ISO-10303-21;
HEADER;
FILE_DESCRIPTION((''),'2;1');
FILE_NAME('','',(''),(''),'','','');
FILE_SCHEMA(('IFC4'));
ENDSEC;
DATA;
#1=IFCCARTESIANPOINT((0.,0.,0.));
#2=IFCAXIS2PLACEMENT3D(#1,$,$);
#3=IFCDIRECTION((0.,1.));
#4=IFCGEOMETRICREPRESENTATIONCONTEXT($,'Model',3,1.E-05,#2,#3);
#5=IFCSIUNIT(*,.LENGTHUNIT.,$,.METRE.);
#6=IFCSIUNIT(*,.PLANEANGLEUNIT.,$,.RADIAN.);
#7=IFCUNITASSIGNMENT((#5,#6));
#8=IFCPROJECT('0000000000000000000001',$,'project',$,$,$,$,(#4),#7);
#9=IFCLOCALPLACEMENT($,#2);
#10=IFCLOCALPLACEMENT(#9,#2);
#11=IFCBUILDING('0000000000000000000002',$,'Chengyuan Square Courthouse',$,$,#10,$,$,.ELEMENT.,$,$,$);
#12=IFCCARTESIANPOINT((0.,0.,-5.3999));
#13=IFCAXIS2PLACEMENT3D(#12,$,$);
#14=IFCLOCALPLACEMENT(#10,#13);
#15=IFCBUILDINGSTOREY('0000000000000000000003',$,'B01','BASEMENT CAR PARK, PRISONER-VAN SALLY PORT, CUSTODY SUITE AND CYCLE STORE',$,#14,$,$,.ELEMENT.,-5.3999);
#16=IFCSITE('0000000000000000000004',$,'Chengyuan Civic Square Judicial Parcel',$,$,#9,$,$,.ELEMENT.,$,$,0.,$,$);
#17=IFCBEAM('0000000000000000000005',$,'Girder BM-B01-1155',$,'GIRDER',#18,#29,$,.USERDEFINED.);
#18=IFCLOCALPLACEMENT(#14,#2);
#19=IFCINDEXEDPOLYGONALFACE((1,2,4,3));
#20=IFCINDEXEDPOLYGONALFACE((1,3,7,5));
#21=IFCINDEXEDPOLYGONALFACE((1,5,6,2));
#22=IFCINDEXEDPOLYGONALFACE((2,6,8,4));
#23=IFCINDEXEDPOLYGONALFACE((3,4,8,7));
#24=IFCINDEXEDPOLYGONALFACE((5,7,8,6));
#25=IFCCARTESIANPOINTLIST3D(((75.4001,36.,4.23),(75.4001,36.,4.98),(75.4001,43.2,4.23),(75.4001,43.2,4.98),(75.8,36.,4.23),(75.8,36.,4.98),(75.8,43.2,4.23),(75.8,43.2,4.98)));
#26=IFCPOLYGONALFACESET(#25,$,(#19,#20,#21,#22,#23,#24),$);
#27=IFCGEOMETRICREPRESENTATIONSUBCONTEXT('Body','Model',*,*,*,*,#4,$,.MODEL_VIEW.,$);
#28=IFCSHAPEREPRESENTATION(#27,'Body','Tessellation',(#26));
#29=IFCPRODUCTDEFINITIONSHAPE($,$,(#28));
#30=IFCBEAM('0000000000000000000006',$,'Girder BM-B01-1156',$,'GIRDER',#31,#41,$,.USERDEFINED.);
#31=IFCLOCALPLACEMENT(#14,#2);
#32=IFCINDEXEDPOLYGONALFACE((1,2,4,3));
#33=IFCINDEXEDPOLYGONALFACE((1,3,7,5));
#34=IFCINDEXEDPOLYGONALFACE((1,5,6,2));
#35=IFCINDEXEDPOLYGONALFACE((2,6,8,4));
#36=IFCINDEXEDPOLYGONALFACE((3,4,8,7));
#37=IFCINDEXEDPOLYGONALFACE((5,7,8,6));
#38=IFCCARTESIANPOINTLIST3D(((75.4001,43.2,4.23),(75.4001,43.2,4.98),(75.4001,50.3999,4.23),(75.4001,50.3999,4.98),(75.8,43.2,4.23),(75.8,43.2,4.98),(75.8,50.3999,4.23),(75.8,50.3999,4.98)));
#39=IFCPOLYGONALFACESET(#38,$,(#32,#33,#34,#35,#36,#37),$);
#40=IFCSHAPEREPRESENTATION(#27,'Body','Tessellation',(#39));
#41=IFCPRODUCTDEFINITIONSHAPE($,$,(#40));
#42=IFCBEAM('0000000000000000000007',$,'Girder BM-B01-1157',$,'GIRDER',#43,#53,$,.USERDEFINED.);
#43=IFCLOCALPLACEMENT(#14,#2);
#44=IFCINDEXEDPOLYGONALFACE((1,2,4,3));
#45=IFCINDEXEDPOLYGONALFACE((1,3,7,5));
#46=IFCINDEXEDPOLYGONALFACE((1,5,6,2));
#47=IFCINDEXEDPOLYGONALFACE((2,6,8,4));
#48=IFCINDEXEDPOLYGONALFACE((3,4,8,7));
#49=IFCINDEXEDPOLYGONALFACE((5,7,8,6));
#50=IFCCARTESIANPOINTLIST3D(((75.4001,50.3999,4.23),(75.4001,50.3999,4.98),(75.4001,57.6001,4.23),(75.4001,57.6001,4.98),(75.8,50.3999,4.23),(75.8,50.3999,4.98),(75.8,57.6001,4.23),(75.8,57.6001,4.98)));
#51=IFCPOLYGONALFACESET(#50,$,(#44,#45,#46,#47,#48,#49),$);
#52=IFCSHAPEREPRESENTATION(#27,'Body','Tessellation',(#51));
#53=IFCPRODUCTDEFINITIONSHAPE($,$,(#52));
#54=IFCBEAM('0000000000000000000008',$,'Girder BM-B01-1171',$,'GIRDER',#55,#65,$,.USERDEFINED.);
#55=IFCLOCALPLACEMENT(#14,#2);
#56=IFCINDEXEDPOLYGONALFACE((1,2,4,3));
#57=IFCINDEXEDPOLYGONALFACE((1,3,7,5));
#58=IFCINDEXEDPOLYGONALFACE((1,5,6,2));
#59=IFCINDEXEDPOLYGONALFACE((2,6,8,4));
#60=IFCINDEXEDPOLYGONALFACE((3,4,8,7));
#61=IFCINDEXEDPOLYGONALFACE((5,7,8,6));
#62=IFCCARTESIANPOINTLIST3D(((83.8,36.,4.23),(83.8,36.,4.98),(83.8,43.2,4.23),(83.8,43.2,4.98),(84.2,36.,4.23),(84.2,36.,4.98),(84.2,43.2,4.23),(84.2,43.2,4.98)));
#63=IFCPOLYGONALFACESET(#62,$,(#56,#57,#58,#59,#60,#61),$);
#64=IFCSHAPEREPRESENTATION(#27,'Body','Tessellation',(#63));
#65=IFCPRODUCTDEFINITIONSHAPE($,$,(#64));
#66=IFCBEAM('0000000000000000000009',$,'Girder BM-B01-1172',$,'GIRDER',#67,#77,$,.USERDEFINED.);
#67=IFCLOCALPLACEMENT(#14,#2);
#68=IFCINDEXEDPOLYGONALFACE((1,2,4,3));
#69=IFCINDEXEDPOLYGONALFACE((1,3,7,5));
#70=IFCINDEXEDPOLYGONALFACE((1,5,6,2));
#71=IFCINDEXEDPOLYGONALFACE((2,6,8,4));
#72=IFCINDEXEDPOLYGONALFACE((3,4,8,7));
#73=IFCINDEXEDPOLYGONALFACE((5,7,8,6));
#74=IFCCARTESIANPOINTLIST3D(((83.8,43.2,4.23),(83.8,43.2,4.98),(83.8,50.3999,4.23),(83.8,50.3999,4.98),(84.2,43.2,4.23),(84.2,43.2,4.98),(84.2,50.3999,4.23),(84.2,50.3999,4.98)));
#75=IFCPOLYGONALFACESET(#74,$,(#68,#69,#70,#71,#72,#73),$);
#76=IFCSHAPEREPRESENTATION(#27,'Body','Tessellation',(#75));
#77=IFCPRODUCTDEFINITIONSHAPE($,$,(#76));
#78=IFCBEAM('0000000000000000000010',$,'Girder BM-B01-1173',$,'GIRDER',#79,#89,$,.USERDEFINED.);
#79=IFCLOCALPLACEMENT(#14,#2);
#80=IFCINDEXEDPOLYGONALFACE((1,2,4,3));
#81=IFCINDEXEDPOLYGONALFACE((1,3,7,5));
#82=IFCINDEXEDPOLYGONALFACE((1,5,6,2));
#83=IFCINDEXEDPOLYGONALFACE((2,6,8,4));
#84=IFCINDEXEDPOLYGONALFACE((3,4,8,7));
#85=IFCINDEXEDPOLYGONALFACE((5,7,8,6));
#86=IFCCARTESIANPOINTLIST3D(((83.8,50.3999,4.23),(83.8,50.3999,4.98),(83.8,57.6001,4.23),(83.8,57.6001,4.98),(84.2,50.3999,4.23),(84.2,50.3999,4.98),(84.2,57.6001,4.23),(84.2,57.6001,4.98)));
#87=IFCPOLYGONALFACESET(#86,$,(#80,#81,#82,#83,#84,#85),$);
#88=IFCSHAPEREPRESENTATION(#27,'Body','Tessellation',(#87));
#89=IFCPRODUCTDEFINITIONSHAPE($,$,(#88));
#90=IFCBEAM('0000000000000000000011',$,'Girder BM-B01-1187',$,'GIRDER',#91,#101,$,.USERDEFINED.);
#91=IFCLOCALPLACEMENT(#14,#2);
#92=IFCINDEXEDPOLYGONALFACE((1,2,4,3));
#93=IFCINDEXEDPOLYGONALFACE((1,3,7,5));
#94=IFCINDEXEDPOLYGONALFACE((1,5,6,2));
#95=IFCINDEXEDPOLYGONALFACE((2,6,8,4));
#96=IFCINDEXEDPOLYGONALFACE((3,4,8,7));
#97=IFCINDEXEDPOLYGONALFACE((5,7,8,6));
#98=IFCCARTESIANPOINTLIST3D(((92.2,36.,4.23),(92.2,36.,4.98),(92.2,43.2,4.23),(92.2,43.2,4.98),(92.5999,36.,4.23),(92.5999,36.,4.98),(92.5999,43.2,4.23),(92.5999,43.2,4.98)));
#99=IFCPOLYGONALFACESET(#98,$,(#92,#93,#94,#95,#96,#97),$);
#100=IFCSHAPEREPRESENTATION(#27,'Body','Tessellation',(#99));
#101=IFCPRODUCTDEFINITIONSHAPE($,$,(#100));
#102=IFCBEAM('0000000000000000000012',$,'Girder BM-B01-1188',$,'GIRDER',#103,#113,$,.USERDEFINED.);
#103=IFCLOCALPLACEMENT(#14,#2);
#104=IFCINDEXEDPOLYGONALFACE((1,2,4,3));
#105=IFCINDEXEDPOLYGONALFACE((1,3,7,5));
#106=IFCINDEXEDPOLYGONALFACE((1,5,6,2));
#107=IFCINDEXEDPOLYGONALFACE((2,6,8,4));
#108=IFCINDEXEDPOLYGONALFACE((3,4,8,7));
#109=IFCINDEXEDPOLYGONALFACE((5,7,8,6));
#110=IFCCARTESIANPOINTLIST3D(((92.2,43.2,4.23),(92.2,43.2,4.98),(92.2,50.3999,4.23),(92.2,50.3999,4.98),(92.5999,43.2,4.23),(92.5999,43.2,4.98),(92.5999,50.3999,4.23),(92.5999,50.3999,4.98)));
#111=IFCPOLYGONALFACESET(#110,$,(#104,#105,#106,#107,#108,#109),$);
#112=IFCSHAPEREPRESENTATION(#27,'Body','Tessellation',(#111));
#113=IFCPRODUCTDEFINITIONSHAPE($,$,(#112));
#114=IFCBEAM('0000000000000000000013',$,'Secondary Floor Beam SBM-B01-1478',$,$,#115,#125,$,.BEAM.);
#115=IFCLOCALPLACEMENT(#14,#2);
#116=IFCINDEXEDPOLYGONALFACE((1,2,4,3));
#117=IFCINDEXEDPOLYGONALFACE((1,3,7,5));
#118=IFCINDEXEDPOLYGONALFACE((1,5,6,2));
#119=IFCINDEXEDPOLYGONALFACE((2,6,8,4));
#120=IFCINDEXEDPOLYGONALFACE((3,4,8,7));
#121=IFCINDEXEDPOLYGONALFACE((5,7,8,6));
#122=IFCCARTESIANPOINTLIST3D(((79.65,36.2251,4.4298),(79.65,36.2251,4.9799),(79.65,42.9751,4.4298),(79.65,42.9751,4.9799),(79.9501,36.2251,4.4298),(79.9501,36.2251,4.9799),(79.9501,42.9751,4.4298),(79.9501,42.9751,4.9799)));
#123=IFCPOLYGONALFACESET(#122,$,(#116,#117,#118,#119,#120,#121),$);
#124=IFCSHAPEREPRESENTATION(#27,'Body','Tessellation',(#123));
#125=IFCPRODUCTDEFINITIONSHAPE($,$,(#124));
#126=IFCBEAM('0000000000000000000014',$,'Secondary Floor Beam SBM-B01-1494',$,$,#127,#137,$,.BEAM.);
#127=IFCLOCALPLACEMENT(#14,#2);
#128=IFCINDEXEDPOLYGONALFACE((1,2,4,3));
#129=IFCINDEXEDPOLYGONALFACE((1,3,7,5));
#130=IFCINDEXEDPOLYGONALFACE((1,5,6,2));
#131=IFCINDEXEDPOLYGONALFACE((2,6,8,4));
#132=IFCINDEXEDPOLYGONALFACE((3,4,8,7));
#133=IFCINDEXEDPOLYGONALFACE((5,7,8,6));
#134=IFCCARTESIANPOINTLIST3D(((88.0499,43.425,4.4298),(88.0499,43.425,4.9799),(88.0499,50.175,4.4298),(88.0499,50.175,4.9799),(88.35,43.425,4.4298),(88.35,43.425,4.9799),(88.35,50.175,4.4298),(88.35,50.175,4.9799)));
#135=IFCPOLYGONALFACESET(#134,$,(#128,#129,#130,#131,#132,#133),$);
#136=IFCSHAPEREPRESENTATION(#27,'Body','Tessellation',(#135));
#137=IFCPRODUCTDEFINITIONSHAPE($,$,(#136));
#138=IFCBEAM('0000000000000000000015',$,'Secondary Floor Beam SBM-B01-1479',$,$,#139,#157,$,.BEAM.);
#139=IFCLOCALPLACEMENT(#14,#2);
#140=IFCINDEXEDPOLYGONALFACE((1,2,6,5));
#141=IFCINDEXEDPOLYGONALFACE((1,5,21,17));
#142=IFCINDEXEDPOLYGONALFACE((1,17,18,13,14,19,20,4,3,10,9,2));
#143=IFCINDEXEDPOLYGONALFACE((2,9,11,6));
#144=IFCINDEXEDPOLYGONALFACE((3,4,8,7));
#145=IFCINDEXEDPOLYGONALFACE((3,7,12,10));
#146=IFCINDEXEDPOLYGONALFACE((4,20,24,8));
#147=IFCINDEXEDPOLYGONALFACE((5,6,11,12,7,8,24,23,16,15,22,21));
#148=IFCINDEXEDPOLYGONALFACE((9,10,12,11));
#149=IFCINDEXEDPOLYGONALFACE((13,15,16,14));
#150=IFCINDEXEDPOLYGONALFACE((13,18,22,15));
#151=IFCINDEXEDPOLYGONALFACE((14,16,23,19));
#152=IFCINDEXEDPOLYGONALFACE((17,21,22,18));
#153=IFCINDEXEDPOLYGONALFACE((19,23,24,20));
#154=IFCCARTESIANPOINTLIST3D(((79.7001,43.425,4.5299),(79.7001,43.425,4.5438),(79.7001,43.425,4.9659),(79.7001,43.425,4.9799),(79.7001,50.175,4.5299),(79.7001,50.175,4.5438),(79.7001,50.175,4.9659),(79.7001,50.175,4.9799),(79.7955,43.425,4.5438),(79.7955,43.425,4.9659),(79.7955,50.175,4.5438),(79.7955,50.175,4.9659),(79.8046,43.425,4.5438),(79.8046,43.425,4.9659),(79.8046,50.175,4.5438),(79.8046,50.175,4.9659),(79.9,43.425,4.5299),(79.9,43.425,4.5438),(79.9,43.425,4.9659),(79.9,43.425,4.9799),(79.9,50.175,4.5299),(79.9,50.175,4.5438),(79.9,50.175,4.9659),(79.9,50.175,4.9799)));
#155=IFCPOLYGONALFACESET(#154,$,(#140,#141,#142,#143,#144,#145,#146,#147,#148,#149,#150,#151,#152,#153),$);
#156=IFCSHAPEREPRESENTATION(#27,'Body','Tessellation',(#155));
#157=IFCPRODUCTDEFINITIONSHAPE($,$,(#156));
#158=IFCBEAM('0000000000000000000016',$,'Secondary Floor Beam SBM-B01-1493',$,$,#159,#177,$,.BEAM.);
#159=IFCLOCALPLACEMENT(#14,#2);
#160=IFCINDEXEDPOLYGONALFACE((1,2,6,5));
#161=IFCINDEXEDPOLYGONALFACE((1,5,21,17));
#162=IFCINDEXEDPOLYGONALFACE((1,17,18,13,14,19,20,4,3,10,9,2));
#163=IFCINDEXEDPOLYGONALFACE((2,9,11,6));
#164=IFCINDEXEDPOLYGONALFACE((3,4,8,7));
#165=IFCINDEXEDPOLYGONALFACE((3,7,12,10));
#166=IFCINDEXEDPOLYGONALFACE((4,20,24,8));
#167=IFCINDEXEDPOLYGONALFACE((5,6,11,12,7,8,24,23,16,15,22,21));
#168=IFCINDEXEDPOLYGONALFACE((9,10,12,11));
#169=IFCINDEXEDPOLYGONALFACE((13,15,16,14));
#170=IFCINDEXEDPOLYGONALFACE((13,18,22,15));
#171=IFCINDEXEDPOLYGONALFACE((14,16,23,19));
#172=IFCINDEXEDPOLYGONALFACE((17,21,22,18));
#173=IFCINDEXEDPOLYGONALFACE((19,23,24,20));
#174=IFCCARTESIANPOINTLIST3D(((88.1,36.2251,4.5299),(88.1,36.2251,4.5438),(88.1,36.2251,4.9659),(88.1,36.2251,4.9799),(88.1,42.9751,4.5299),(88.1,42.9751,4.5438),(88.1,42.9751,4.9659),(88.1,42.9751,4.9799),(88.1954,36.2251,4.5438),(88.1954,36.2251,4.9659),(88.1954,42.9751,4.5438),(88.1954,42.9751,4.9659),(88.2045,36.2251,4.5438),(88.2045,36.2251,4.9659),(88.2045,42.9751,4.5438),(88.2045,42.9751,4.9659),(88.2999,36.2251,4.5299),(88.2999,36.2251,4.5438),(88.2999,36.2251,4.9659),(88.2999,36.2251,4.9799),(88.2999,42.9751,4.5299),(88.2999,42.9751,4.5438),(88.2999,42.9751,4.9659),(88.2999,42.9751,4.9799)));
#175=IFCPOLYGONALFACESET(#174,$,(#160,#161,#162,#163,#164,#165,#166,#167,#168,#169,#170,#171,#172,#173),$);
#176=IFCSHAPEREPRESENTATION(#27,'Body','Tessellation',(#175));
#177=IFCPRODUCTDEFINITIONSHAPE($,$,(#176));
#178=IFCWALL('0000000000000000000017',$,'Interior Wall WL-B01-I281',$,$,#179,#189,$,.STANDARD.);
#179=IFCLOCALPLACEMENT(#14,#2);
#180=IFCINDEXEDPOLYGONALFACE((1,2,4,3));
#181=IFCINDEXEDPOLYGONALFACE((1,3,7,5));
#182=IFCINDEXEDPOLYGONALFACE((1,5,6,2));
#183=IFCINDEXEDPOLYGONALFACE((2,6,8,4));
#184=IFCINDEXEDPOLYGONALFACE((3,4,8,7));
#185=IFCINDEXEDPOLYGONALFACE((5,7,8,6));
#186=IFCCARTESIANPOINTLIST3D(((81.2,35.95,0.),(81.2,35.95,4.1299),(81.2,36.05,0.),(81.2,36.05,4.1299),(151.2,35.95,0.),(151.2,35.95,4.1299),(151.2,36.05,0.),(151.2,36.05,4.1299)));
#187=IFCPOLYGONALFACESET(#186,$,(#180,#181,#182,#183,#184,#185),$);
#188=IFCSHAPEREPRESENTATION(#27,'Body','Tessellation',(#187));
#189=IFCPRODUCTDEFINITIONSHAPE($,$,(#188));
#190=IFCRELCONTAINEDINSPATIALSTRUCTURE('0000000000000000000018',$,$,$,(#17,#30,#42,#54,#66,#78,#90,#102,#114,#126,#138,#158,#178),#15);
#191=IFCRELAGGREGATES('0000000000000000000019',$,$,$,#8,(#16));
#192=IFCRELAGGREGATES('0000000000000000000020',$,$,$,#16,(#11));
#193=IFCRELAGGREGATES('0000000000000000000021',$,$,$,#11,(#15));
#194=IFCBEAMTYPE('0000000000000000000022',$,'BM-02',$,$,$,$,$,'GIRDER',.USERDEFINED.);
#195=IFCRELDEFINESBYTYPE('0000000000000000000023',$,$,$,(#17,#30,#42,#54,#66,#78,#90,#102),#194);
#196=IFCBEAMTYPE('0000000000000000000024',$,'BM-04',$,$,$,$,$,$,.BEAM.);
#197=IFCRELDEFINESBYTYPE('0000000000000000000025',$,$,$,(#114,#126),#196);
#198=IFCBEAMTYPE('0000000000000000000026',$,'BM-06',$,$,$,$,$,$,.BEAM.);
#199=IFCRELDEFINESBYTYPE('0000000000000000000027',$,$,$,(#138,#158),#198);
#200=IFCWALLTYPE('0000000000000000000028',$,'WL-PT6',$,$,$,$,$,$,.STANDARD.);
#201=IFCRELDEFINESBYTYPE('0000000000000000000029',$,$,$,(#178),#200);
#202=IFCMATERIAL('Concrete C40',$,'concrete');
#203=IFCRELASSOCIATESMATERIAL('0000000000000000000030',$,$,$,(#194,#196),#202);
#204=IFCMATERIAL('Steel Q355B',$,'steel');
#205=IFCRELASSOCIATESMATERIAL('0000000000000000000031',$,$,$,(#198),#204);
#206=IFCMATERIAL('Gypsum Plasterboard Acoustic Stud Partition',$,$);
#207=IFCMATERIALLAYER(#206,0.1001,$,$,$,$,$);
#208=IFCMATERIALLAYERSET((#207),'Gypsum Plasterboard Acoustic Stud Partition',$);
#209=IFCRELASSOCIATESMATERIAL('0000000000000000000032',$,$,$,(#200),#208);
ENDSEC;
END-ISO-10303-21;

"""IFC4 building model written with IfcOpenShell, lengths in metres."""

from ifc_helpers import new_model, si_unit, direction, frame, frame_2d, origin, origin_2d, place, context, subcontext, project, spatial, rectangle, i_section, extrude, material, layer, layer_set, material_profile, profile_set, type_object, element, save


model = new_model("IFC4")

# Units and contexts
model_context = context("Model", 3, precision=1e-05, world=origin(), true_north=direction((0.0, 1.0)))
body_context = subcontext(model_context, "Body", "Model", "MODEL_VIEW")
ifc_project = project(units=[si_unit("LENGTHUNIT", "METRE"), si_unit("PLANEANGLEUNIT", "RADIAN")], contexts=[model_context])

# Site, building, storey
site_placement = place(None, origin())
site = spatial("IfcSite", under=ifc_project, at=site_placement, Name="Chengyuan Civic Square Judicial Parcel", CompositionType="ELEMENT", RefElevation=0.0)
building_placement = place(site_placement, origin())
building = spatial("IfcBuilding", under=site, at=building_placement, Name="Chengyuan Square Courthouse", CompositionType="ELEMENT")
storey_placement = place(building_placement, frame((0.0, 0.0, -5.3999)))
storey = spatial("IfcBuildingStorey", under=building, at=storey_placement, Name="B01", Description="BASEMENT CAR PARK, PRISONER-VAN SALLY PORT, CUSTODY SUITE AND CYCLE STORE", CompositionType="ELEMENT", Elevation=-5.3999)

# Beams
ifc_material_1 = material(Name="Concrete C40", Category="concrete")
ifc_material_profile_1 = material_profile(ifc_material_1, rectangle(XDim=0.3999, YDim=0.75, at=origin_2d()), Name="RC-BM-400x750")
ifc_profile_set_1 = profile_set([ifc_material_profile_1], Name="Concrete C40")
beam_type_1 = type_object("IfcBeamType", Name="BM-02", ElementType="GIRDER", PredefinedType="USERDEFINED", material=ifc_profile_set_1)
for number, where, z_axis, x_axis, name in (
    (1, (75.6001, 36.0, 4.605), (0.0, 1.0, 0.0), (-1.0, 0.0, 0.0), "Girder BM-B01-1155"),
    (2, (75.6001, 43.2, 4.605), (0.0, 1.0, 0.0), (-1.0, 0.0, 0.0), "Girder BM-B01-1156"),
):
    element("IfcBeam", number, at=place(storey_placement, frame(where, z_axis=z_axis, x_axis=x_axis)), inside=storey, type_object=beam_type_1, Name=name, ObjectType="GIRDER", PredefinedType="USERDEFINED", context=body_context, shape_type="SweptSolid", body=[
        extrude(rectangle(XDim=0.3999, YDim=0.75, at=origin_2d()), origin(), (0.0, 0.0, 1.0), 7.2),
    ])
beam_1_placement = place(storey_placement, frame((75.6001, 50.3999, 4.605), z_axis=(0.0, 1.0, 0.0), x_axis=(-1.0, 0.0, 0.0)))
element("IfcBeam", 3, at=beam_1_placement, inside=storey, type_object=beam_type_1, Name="Girder BM-B01-1157", ObjectType="GIRDER", PredefinedType="USERDEFINED", context=body_context, shape_type="SweptSolid", body=[
    extrude(rectangle(XDim=0.3999, YDim=0.75, at=origin_2d()), origin(), (0.0, 0.0, 1.0), 7.2002),
])
for number, where, z_axis, x_axis, name in (
    (4, (84.0, 36.0, 4.605), (0.0, 1.0, 0.0), (-1.0, 0.0, 0.0), "Girder BM-B01-1171"),
    (5, (84.0, 43.2, 4.605), (0.0, 1.0, 0.0), (-1.0, 0.0, 0.0), "Girder BM-B01-1172"),
):
    element("IfcBeam", number, at=place(storey_placement, frame(where, z_axis=z_axis, x_axis=x_axis)), inside=storey, type_object=beam_type_1, Name=name, ObjectType="GIRDER", PredefinedType="USERDEFINED", context=body_context, shape_type="SweptSolid", body=[
        extrude(rectangle(XDim=0.3999, YDim=0.75, at=origin_2d()), origin(), (0.0, 0.0, 1.0), 7.2),
    ])
beam_2_placement = place(storey_placement, frame((84.0, 50.3999, 4.605), z_axis=(0.0, 1.0, 0.0), x_axis=(-1.0, 0.0, 0.0)))
element("IfcBeam", 6, at=beam_2_placement, inside=storey, type_object=beam_type_1, Name="Girder BM-B01-1173", ObjectType="GIRDER", PredefinedType="USERDEFINED", context=body_context, shape_type="SweptSolid", body=[
    extrude(rectangle(XDim=0.3999, YDim=0.75, at=origin_2d()), origin(), (0.0, 0.0, 1.0), 7.2002),
])
for number, where, z_axis, x_axis, name in (
    (7, (92.3999, 36.0, 4.605), (0.0, 1.0, 0.0), (-1.0, 0.0, 0.0), "Girder BM-B01-1187"),
    (8, (92.3999, 43.2, 4.605), (0.0, 1.0, 0.0), (-1.0, 0.0, 0.0), "Girder BM-B01-1188"),
):
    element("IfcBeam", number, at=place(storey_placement, frame(where, z_axis=z_axis, x_axis=x_axis)), inside=storey, type_object=beam_type_1, Name=name, ObjectType="GIRDER", PredefinedType="USERDEFINED", context=body_context, shape_type="SweptSolid", body=[
        extrude(rectangle(XDim=0.3999, YDim=0.75, at=origin_2d()), origin(), (0.0, 0.0, 1.0), 7.2),
    ])
ifc_material_profile_2 = material_profile(ifc_material_1, rectangle(XDim=0.3, YDim=0.55, at=origin_2d()), Name="RC-BM-300x550")
ifc_profile_set_2 = profile_set([ifc_material_profile_2], Name="Concrete C40")
beam_type_2 = type_object("IfcBeamType", Name="BM-04", PredefinedType="BEAM", material=ifc_profile_set_2)
for number, where, z_axis, x_axis, name in (
    (9, (79.8, 36.2251, 4.7048), (0.0, 1.0, 0.0), (-1.0, 0.0, 0.0), "Secondary Floor Beam SBM-B01-1478"),
    (10, (88.2, 43.425, 4.7048), (0.0, 1.0, 0.0), (-1.0, 0.0, 0.0), "Secondary Floor Beam SBM-B01-1494"),
):
    element("IfcBeam", number, at=place(storey_placement, frame(where, z_axis=z_axis, x_axis=x_axis)), inside=storey, type_object=beam_type_2, Name=name, PredefinedType="BEAM", context=body_context, shape_type="SweptSolid", body=[
        extrude(rectangle(XDim=0.3, YDim=0.55, at=origin_2d()), origin(), (0.0, 0.0, 1.0), 6.75),
    ])
ifc_material_2 = material(Name="Steel Q355B", Category="steel")
ifc_material_profile_3 = material_profile(ifc_material_2, i_section(OverallWidth=0.2, OverallDepth=0.45, WebThickness=0.009, FlangeThickness=0.0139, at=origin_2d()), Name="HN 450x200x9x14")
ifc_profile_set_3 = profile_set([ifc_material_profile_3], Name="Steel Q355B")
beam_type_3 = type_object("IfcBeamType", Name="BM-06", PredefinedType="BEAM", material=ifc_profile_set_3)
for number, where, z_axis, x_axis, name in (
    (11, (79.8, 43.425, 4.7549), (0.0, 1.0, 0.0), (-1.0, 0.0, 0.0), "Secondary Floor Beam SBM-B01-1479"),
    (12, (88.2, 36.2251, 4.7549), (0.0, 1.0, 0.0), (-1.0, 0.0, 0.0), "Secondary Floor Beam SBM-B01-1493"),
):
    element("IfcBeam", number, at=place(storey_placement, frame(where, z_axis=z_axis, x_axis=x_axis)), inside=storey, type_object=beam_type_3, Name=name, PredefinedType="BEAM", context=body_context, shape_type="SweptSolid", body=[
        extrude(i_section(OverallWidth=0.2, OverallDepth=0.45, WebThickness=0.009, FlangeThickness=0.0139, at=origin_2d()), origin(), (0.0, 0.0, 1.0), 6.75),
    ])

# Wall
ifc_material_3 = material(Name="Gypsum Plasterboard Acoustic Stud Partition")
ifc_layer = layer(ifc_material_3, 0.1001)
ifc_layer_set = layer_set([ifc_layer], Name="Gypsum Plasterboard Acoustic Stud Partition")
wall_type = type_object("IfcWallType", Name="WL-PT6", PredefinedType="STANDARD", material=ifc_layer_set)
wall_1_placement = place(storey_placement, frame((81.2, 36.0, 0.0), z_axis=(0.0, 0.0, 1.0), x_axis=(1.0, 0.0, 0.0)))
element("IfcWall", 13, at=wall_1_placement, inside=storey, type_object=wall_type, Name="Interior Wall WL-B01-I281", PredefinedType="STANDARD", context=body_context, shape_type="SweptSolid", body=[
    extrude(rectangle(XDim=70.0, YDim=0.1001, at=frame_2d((35.0, 0.0))), origin(), (0.0, 0.0, 1.0), 4.1299),
])

save(model, "model.ifc")
